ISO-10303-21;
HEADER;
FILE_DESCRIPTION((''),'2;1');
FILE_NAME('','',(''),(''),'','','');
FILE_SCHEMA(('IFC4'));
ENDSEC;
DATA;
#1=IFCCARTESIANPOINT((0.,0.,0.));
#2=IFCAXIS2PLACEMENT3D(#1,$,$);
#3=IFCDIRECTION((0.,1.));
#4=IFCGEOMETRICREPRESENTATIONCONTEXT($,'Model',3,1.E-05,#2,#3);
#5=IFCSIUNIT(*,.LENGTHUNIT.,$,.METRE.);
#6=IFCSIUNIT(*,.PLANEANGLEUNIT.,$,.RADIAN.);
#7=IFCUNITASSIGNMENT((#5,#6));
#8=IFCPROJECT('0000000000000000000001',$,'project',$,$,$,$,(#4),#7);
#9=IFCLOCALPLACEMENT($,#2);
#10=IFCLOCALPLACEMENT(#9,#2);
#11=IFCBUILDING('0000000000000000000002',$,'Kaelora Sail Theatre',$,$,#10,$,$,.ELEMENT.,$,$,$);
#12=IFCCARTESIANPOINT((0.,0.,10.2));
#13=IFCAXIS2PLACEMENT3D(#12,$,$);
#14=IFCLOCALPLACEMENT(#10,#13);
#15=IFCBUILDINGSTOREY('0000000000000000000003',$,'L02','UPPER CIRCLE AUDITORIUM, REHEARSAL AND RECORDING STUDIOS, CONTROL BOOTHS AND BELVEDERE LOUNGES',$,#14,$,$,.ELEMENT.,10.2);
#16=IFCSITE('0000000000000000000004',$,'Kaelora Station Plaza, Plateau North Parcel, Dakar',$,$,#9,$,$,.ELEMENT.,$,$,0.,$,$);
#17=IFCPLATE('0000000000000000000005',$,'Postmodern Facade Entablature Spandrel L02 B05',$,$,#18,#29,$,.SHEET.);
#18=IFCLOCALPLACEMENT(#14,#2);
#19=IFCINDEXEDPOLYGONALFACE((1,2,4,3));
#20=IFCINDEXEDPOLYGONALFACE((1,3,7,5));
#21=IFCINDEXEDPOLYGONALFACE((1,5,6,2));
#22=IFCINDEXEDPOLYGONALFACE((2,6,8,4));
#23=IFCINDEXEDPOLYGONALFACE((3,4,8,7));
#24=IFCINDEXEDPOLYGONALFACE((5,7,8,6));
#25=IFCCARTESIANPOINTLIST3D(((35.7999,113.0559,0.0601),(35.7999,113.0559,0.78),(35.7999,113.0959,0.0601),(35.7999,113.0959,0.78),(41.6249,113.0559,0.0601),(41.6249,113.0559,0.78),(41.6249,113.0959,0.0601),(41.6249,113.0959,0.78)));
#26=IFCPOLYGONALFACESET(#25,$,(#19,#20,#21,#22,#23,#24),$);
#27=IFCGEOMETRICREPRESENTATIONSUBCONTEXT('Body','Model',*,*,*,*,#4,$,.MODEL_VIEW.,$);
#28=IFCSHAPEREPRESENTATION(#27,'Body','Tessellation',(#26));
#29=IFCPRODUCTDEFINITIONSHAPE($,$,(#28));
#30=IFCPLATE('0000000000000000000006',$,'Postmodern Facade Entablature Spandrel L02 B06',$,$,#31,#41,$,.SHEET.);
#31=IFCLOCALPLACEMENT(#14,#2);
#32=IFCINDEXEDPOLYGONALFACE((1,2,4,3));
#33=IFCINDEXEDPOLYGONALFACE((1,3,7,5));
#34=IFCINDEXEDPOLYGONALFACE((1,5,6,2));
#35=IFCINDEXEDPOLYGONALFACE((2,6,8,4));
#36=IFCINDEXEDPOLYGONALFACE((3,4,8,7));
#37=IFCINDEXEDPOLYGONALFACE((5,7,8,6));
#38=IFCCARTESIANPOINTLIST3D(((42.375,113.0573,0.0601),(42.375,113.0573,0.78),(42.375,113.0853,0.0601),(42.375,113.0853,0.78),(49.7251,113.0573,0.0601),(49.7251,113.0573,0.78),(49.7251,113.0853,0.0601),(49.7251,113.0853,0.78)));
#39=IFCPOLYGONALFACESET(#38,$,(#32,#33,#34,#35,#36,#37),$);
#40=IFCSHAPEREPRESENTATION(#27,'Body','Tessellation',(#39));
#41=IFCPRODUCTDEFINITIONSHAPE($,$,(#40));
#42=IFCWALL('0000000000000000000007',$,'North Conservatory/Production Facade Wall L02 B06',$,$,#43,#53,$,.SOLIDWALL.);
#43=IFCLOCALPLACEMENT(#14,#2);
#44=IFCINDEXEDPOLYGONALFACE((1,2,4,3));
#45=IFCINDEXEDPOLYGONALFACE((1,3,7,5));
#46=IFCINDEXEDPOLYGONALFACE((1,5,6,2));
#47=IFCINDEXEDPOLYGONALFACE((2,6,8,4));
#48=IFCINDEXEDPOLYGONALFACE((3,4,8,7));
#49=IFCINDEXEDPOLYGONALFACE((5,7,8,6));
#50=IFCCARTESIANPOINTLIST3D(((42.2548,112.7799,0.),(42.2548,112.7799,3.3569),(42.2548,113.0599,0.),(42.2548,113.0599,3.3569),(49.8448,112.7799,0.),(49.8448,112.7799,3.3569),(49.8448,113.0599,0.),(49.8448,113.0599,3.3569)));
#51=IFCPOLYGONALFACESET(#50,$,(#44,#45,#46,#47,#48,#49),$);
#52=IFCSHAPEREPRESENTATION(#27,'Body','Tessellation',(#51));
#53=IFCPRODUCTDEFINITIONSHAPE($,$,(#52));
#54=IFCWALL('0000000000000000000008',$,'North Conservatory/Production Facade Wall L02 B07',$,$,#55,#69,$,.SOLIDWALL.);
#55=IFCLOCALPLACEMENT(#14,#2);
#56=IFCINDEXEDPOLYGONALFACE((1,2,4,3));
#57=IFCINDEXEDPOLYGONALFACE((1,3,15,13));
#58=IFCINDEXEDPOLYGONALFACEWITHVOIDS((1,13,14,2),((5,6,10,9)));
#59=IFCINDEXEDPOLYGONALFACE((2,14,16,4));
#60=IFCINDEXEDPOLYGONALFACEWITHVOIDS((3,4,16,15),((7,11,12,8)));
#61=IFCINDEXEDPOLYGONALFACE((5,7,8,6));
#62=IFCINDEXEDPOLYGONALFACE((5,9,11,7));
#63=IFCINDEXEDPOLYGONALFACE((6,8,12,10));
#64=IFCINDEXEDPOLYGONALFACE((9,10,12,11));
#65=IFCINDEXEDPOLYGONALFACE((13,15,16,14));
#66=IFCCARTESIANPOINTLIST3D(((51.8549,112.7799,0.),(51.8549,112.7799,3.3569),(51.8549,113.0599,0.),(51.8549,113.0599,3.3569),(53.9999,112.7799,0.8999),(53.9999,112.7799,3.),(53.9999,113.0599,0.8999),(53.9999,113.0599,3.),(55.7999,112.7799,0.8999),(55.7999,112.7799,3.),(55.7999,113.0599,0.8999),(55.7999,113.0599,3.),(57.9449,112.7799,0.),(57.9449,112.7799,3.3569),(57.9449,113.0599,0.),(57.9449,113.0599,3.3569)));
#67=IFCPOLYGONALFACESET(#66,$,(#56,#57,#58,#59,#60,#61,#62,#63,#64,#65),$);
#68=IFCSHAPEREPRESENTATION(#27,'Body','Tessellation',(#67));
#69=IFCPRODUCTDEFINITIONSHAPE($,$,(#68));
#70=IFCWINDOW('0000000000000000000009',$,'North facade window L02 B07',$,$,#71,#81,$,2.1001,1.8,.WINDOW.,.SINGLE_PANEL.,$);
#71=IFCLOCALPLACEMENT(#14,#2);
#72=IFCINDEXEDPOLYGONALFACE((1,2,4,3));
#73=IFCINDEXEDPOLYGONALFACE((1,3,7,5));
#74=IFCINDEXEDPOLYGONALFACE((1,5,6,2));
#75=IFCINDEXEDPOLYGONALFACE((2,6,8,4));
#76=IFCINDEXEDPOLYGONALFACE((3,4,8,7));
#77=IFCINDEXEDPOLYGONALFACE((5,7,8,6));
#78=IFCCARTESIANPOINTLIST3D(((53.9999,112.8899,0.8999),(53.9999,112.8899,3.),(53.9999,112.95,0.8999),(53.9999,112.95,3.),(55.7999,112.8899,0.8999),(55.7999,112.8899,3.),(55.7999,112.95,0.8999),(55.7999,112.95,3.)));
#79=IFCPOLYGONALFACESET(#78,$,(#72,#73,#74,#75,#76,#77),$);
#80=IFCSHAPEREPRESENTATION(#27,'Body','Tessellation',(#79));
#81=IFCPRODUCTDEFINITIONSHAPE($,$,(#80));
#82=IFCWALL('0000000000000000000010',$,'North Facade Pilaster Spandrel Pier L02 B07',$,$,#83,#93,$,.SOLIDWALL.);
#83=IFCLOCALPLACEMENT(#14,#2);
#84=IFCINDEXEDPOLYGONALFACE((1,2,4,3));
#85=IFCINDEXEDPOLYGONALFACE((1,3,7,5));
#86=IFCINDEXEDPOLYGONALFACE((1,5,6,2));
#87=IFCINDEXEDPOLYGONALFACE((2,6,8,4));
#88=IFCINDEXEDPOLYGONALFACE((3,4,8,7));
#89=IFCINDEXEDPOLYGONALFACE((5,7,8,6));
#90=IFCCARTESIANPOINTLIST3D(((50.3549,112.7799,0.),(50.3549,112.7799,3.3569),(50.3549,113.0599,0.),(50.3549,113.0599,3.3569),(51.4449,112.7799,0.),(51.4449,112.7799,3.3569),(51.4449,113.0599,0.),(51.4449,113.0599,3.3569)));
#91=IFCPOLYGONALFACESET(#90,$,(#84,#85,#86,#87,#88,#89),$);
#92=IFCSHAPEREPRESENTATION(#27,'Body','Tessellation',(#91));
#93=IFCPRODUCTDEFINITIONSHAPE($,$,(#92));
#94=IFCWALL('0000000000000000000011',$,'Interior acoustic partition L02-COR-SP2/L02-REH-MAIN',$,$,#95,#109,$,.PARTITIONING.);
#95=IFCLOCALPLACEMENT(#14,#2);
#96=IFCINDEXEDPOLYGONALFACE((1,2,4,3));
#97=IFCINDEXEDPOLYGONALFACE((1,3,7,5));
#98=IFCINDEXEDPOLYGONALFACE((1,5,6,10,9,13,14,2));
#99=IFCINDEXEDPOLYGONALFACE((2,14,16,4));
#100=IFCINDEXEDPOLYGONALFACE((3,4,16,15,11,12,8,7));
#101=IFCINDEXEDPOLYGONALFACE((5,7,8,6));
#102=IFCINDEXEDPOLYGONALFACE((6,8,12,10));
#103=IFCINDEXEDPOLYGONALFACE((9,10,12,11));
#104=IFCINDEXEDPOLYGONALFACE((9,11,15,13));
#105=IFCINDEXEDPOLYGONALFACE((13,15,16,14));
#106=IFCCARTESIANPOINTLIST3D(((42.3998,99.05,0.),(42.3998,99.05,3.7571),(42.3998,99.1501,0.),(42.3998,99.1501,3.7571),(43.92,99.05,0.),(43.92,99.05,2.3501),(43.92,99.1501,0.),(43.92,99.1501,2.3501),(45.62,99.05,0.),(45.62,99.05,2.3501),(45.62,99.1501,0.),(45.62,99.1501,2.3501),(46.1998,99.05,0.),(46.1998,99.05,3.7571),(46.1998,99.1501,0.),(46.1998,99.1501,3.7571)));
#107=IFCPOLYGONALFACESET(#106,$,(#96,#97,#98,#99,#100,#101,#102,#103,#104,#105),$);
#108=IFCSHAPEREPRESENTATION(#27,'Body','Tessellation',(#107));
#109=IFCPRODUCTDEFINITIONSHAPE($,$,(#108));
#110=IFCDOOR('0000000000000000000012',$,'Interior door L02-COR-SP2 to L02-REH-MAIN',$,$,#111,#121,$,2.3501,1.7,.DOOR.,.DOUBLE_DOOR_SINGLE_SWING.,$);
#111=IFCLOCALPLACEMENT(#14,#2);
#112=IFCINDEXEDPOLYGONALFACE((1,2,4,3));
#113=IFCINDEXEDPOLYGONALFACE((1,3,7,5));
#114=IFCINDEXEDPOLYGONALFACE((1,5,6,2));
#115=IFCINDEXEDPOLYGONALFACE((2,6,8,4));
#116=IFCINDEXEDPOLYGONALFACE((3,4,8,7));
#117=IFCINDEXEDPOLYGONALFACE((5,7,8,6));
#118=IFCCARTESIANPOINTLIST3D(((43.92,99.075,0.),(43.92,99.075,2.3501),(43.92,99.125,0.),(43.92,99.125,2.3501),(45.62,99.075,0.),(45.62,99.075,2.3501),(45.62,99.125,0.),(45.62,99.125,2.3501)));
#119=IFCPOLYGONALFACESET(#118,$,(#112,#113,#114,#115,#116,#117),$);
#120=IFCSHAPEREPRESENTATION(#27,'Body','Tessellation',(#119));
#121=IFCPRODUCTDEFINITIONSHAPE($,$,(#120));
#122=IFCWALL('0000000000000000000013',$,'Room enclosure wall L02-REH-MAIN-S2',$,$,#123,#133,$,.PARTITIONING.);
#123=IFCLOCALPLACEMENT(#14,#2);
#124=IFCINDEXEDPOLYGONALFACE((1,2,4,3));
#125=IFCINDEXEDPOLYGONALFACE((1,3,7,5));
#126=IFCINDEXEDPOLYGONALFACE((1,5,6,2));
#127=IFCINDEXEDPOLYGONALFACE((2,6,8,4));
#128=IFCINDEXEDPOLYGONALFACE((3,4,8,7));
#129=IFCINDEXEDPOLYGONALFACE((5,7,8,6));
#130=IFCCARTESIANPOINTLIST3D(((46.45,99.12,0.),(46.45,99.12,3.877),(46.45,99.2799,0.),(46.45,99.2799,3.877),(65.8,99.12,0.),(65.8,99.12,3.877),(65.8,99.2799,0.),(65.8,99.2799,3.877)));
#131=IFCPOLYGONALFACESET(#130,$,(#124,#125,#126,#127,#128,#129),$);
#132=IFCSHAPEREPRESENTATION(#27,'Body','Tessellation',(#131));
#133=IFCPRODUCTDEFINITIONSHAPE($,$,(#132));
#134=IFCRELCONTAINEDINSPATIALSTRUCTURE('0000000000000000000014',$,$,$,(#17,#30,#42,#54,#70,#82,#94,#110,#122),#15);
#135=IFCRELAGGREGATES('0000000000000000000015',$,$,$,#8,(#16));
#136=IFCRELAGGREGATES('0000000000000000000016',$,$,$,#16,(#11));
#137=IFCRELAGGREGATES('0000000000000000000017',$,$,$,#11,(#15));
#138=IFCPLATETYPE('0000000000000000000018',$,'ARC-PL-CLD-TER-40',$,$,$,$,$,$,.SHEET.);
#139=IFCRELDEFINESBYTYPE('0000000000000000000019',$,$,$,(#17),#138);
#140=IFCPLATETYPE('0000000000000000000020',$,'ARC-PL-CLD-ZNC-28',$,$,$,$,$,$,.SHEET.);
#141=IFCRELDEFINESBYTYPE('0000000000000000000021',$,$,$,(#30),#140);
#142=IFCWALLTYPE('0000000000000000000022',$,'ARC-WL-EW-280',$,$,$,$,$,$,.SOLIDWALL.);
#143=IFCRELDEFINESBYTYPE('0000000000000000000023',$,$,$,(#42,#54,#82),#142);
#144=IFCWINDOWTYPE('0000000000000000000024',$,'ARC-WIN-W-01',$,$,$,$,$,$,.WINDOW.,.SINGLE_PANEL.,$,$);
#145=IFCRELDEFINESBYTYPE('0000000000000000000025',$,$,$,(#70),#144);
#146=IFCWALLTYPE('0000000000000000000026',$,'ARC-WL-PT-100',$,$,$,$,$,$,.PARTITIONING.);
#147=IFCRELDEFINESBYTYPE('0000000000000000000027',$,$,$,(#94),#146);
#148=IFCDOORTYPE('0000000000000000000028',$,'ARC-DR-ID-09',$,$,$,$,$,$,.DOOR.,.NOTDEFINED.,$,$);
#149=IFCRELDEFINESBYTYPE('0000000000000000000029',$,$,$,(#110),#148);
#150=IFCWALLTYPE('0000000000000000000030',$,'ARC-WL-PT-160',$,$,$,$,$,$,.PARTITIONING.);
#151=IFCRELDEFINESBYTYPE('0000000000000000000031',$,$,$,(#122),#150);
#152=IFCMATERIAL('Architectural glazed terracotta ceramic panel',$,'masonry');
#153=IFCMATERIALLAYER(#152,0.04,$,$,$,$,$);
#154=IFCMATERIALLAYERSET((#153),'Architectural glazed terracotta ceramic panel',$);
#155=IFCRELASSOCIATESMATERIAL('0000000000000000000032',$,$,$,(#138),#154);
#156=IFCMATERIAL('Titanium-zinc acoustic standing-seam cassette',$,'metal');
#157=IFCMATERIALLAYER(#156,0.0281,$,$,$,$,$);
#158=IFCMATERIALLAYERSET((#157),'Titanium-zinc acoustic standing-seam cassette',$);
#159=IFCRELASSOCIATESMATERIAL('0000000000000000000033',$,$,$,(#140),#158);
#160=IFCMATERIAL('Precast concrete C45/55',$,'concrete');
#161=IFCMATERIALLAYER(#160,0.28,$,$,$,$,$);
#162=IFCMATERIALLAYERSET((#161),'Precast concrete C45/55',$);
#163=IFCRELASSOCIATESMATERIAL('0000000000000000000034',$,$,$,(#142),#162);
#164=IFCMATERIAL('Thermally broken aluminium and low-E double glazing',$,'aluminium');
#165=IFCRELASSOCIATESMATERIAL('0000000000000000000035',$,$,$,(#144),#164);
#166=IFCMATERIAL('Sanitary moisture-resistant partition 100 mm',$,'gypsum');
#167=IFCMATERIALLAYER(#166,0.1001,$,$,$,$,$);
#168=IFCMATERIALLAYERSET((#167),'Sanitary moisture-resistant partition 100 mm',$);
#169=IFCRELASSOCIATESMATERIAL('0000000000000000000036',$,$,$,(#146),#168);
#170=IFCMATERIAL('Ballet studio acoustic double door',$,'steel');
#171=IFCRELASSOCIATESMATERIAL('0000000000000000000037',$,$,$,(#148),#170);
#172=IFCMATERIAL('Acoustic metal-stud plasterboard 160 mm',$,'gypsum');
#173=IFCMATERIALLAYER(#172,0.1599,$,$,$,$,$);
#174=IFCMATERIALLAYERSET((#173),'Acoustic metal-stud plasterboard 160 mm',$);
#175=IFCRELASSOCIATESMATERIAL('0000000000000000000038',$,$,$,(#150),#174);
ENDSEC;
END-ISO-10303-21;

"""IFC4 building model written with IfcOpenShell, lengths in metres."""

from ifc_helpers import new_model, si_unit, direction, frame, frame_2d, origin, origin_2d, place, context, subcontext, project, spatial, rectangle, extrude, material, layer, layer_set, type_object, element, fill, save


model = new_model("IFC4")

# Units and contexts
model_context = context("Model", 3, precision=1e-05, world=origin(), true_north=direction((0.0, 1.0)))
body_context = subcontext(model_context, "Body", "Model", "MODEL_VIEW")
ifc_project = project(units=[si_unit("LENGTHUNIT", "METRE"), si_unit("PLANEANGLEUNIT", "RADIAN")], contexts=[model_context])

# Site, building, storey
site_placement = place(None, origin())
site = spatial("IfcSite", under=ifc_project, at=site_placement, Name="Kaelora Station Plaza, Plateau North Parcel, Dakar", CompositionType="ELEMENT", RefElevation=0.0)
building_placement = place(site_placement, origin())
building = spatial("IfcBuilding", under=site, at=building_placement, Name="Kaelora Sail Theatre", CompositionType="ELEMENT")
storey_placement = place(building_placement, frame((0.0, 0.0, 10.2)))
storey = spatial("IfcBuildingStorey", under=building, at=storey_placement, Name="L02", Description="UPPER CIRCLE AUDITORIUM, REHEARSAL AND RECORDING STUDIOS, CONTROL BOOTHS AND BELVEDERE LOUNGES", CompositionType="ELEMENT", Elevation=10.2)

# Plates
ifc_material_1 = material(Name="Architectural glazed terracotta ceramic panel", Category="masonry")
ifc_layer_1 = layer(ifc_material_1, 0.04)
ifc_layer_set_1 = layer_set([ifc_layer_1], Name="Architectural glazed terracotta ceramic panel")
plate_type_1 = type_object("IfcPlateType", Name="ARC-PL-CLD-TER-40", PredefinedType="SHEET", material=ifc_layer_set_1)
plate_1_placement = place(storey_placement, frame((38.7124, 113.0759, 0.0601), z_axis=(0.0, 0.0, 1.0), x_axis=(1.0, 0.0, 0.0)))
element("IfcPlate", 1, at=plate_1_placement, inside=storey, type_object=plate_type_1, Name="Postmodern Facade Entablature Spandrel L02 B05", PredefinedType="SHEET", context=body_context, shape_type="SweptSolid", body=[
    extrude(rectangle(XDim=5.825, YDim=0.04, at=origin_2d()), origin(), (0.0, 0.0, 1.0), 0.72),
])
ifc_material_2 = material(Name="Titanium-zinc acoustic standing-seam cassette", Category="metal")
ifc_layer_2 = layer(ifc_material_2, 0.0281)
ifc_layer_set_2 = layer_set([ifc_layer_2], Name="Titanium-zinc acoustic standing-seam cassette")
plate_type_2 = type_object("IfcPlateType", Name="ARC-PL-CLD-ZNC-28", PredefinedType="SHEET", material=ifc_layer_set_2)
plate_2_placement = place(storey_placement, frame((46.05, 113.0713, 0.0601), z_axis=(0.0, 0.0, 1.0), x_axis=(1.0, 0.0, 0.0)))
element("IfcPlate", 2, at=plate_2_placement, inside=storey, type_object=plate_type_2, Name="Postmodern Facade Entablature Spandrel L02 B06", PredefinedType="SHEET", context=body_context, shape_type="SweptSolid", body=[
    extrude(rectangle(XDim=7.3501, YDim=0.0281, at=origin_2d()), origin(), (0.0, 0.0, 1.0), 0.72),
])

# Wall
ifc_material_3 = material(Name="Precast concrete C45/55", Category="concrete")
ifc_layer_3 = layer(ifc_material_3, 0.28)
ifc_layer_set_3 = layer_set([ifc_layer_3], Name="Precast concrete C45/55")
wall_type_1 = type_object("IfcWallType", Name="ARC-WL-EW-280", PredefinedType="SOLIDWALL", material=ifc_layer_set_3)
wall_1_placement = place(storey_placement, frame((42.2549, 112.9199, 0.0), z_axis=(0.0, 0.0, 1.0), x_axis=(1.0, 0.0, 0.0)))
element("IfcWall", 3, at=wall_1_placement, inside=storey, type_object=wall_type_1, Name="North Conservatory/Production Facade Wall L02 B06", PredefinedType="SOLIDWALL", context=body_context, shape_type="SweptSolid", body=[
    extrude(rectangle(XDim=7.5901, YDim=0.28, at=frame_2d((3.7949, 0.0))), origin(), (0.0, 0.0, 1.0), 3.3569),
])

# Wall, opening, window
wall_2_placement = place(storey_placement, frame((51.855, 112.9199, 0.0), z_axis=(0.0, 0.0, 1.0), x_axis=(1.0, 0.0, 0.0)))
wall_2 = element("IfcWall", 4, at=wall_2_placement, inside=storey, type_object=wall_type_1, Name="North Conservatory/Production Facade Wall L02 B07", PredefinedType="SOLIDWALL", context=body_context, shape_type="SweptSolid", body=[
    extrude(rectangle(XDim=6.0901, YDim=0.28, at=frame_2d((3.0449, 0.0))), origin(), (0.0, 0.0, 1.0), 3.3569),
])
opening_1_placement = place(wall_2_placement, frame((2.145, 0.0, 0.8999)))
opening_1 = element("IfcOpeningElement", 5, at=opening_1_placement, cuts=wall_2, PredefinedType="OPENING", context=body_context, shape_type="SweptSolid", body=[
    extrude(rectangle(XDim=1.8, YDim=2.1001, at=frame_2d((0.8999, 1.05))), frame((0.0, 0.1501, 0.0), z_axis=(0.0, -1.0, 0.0), x_axis=(1.0, 0.0, 0.0)), (0.0, 0.0, 1.0), 0.3),
])
ifc_material_4 = material(Name="Thermally broken aluminium and low-E double glazing", Category="aluminium")
window_type = type_object("IfcWindowType", Name="ARC-WIN-W-01", PartitioningType="SINGLE_PANEL", PredefinedType="WINDOW", material=ifc_material_4)
window_placement = place(opening_1_placement, origin())
window = element("IfcWindow", 6, at=window_placement, inside=storey, type_object=window_type, Name="North facade window L02 B07", OverallHeight=2.1001, OverallWidth=1.8, PartitioningType="SINGLE_PANEL", PredefinedType="WINDOW", context=body_context, shape_type="SweptSolid", body=[
    extrude(rectangle(XDim=1.8, YDim=2.1001, at=frame_2d((0.8999, 1.05))), frame((0.0, 0.03, 0.0), z_axis=(0.0, -1.0, 0.0), x_axis=(1.0, 0.0, 0.0)), (0.0, 0.0, 1.0), 0.0601),
])
fill(opening_1, window)

# Wall
wall_3_placement = place(storey_placement, frame((50.355, 112.9199, 0.0), z_axis=(0.0, 0.0, 1.0), x_axis=(1.0, 0.0, 0.0)))
element("IfcWall", 7, at=wall_3_placement, inside=storey, type_object=wall_type_1, Name="North Facade Pilaster Spandrel Pier L02 B07", PredefinedType="SOLIDWALL", context=body_context, shape_type="SweptSolid", body=[
    extrude(rectangle(XDim=1.0901, YDim=0.28, at=frame_2d((0.5449, 0.0))), origin(), (0.0, 0.0, 1.0), 3.3569),
])

# Wall, opening, door
ifc_material_5 = material(Name="Sanitary moisture-resistant partition 100 mm", Category="gypsum")
ifc_layer_4 = layer(ifc_material_5, 0.1001)
ifc_layer_set_4 = layer_set([ifc_layer_4], Name="Sanitary moisture-resistant partition 100 mm")
wall_type_2 = type_object("IfcWallType", Name="ARC-WL-PT-100", PredefinedType="PARTITIONING", material=ifc_layer_set_4)
wall_4_placement = place(storey_placement, frame((42.3999, 99.1001, 0.0), z_axis=(0.0, 0.0, 1.0), x_axis=(1.0, 0.0, 0.0)))
wall_4 = element("IfcWall", 8, at=wall_4_placement, inside=storey, type_object=wall_type_2, Name="Interior acoustic partition L02-COR-SP2/L02-REH-MAIN", PredefinedType="PARTITIONING", context=body_context, shape_type="SweptSolid", body=[
    extrude(rectangle(XDim=3.8, YDim=0.1001, at=frame_2d((1.8999, 0.0))), origin(), (0.0, 0.0, 1.0), 3.7571),
])
opening_2_placement = place(wall_4_placement, frame((1.52, 0.0, 0.0)))
opening_2 = element("IfcOpeningElement", 9, at=opening_2_placement, cuts=wall_4, PredefinedType="OPENING", context=body_context, shape_type="SweptSolid", body=[
    extrude(rectangle(XDim=1.7, YDim=2.3501, at=frame_2d((0.8501, 1.175))), frame((0.0, 0.06, 0.0), z_axis=(0.0, -1.0, 0.0), x_axis=(1.0, 0.0, 0.0)), (0.0, 0.0, 1.0), 0.1201),
])
ifc_material_6 = material(Name="Ballet studio acoustic double door", Category="steel")
door_type = type_object("IfcDoorType", Name="ARC-DR-ID-09", OperationType="NOTDEFINED", PredefinedType="DOOR", material=ifc_material_6)
door_placement = place(opening_2_placement, origin())
door = element("IfcDoor", 10, at=door_placement, inside=storey, type_object=door_type, Name="Interior door L02-COR-SP2 to L02-REH-MAIN", OperationType="DOUBLE_DOOR_SINGLE_SWING", OverallHeight=2.3501, OverallWidth=1.7, PredefinedType="DOOR", context=body_context, shape_type="SweptSolid", body=[
    extrude(rectangle(XDim=1.7, YDim=2.3501, at=frame_2d((0.8501, 1.175))), frame((0.0, 0.0249, 0.0), z_axis=(0.0, -1.0, 0.0), x_axis=(1.0, 0.0, 0.0)), (0.0, 0.0, 1.0), 0.05),
])
fill(opening_2, door)

# Wall
ifc_material_7 = material(Name="Acoustic metal-stud plasterboard 160 mm", Category="gypsum")
ifc_layer_5 = layer(ifc_material_7, 0.1599)
ifc_layer_set_5 = layer_set([ifc_layer_5], Name="Acoustic metal-stud plasterboard 160 mm")
wall_type_3 = type_object("IfcWallType", Name="ARC-WL-PT-160", PredefinedType="PARTITIONING", material=ifc_layer_set_5)
wall_5_placement = place(storey_placement, frame((46.45, 99.2, 0.0), z_axis=(0.0, 0.0, 1.0), x_axis=(1.0, 0.0, 0.0)))
element("IfcWall", 11, at=wall_5_placement, inside=storey, type_object=wall_type_3, Name="Room enclosure wall L02-REH-MAIN-S2", PredefinedType="PARTITIONING", context=body_context, shape_type="SweptSolid", body=[
    extrude(rectangle(XDim=19.3501, YDim=0.1599, at=frame_2d((9.675, 0.0))), origin(), (0.0, 0.0, 1.0), 3.877),
])

save(model, "model.ifc")
